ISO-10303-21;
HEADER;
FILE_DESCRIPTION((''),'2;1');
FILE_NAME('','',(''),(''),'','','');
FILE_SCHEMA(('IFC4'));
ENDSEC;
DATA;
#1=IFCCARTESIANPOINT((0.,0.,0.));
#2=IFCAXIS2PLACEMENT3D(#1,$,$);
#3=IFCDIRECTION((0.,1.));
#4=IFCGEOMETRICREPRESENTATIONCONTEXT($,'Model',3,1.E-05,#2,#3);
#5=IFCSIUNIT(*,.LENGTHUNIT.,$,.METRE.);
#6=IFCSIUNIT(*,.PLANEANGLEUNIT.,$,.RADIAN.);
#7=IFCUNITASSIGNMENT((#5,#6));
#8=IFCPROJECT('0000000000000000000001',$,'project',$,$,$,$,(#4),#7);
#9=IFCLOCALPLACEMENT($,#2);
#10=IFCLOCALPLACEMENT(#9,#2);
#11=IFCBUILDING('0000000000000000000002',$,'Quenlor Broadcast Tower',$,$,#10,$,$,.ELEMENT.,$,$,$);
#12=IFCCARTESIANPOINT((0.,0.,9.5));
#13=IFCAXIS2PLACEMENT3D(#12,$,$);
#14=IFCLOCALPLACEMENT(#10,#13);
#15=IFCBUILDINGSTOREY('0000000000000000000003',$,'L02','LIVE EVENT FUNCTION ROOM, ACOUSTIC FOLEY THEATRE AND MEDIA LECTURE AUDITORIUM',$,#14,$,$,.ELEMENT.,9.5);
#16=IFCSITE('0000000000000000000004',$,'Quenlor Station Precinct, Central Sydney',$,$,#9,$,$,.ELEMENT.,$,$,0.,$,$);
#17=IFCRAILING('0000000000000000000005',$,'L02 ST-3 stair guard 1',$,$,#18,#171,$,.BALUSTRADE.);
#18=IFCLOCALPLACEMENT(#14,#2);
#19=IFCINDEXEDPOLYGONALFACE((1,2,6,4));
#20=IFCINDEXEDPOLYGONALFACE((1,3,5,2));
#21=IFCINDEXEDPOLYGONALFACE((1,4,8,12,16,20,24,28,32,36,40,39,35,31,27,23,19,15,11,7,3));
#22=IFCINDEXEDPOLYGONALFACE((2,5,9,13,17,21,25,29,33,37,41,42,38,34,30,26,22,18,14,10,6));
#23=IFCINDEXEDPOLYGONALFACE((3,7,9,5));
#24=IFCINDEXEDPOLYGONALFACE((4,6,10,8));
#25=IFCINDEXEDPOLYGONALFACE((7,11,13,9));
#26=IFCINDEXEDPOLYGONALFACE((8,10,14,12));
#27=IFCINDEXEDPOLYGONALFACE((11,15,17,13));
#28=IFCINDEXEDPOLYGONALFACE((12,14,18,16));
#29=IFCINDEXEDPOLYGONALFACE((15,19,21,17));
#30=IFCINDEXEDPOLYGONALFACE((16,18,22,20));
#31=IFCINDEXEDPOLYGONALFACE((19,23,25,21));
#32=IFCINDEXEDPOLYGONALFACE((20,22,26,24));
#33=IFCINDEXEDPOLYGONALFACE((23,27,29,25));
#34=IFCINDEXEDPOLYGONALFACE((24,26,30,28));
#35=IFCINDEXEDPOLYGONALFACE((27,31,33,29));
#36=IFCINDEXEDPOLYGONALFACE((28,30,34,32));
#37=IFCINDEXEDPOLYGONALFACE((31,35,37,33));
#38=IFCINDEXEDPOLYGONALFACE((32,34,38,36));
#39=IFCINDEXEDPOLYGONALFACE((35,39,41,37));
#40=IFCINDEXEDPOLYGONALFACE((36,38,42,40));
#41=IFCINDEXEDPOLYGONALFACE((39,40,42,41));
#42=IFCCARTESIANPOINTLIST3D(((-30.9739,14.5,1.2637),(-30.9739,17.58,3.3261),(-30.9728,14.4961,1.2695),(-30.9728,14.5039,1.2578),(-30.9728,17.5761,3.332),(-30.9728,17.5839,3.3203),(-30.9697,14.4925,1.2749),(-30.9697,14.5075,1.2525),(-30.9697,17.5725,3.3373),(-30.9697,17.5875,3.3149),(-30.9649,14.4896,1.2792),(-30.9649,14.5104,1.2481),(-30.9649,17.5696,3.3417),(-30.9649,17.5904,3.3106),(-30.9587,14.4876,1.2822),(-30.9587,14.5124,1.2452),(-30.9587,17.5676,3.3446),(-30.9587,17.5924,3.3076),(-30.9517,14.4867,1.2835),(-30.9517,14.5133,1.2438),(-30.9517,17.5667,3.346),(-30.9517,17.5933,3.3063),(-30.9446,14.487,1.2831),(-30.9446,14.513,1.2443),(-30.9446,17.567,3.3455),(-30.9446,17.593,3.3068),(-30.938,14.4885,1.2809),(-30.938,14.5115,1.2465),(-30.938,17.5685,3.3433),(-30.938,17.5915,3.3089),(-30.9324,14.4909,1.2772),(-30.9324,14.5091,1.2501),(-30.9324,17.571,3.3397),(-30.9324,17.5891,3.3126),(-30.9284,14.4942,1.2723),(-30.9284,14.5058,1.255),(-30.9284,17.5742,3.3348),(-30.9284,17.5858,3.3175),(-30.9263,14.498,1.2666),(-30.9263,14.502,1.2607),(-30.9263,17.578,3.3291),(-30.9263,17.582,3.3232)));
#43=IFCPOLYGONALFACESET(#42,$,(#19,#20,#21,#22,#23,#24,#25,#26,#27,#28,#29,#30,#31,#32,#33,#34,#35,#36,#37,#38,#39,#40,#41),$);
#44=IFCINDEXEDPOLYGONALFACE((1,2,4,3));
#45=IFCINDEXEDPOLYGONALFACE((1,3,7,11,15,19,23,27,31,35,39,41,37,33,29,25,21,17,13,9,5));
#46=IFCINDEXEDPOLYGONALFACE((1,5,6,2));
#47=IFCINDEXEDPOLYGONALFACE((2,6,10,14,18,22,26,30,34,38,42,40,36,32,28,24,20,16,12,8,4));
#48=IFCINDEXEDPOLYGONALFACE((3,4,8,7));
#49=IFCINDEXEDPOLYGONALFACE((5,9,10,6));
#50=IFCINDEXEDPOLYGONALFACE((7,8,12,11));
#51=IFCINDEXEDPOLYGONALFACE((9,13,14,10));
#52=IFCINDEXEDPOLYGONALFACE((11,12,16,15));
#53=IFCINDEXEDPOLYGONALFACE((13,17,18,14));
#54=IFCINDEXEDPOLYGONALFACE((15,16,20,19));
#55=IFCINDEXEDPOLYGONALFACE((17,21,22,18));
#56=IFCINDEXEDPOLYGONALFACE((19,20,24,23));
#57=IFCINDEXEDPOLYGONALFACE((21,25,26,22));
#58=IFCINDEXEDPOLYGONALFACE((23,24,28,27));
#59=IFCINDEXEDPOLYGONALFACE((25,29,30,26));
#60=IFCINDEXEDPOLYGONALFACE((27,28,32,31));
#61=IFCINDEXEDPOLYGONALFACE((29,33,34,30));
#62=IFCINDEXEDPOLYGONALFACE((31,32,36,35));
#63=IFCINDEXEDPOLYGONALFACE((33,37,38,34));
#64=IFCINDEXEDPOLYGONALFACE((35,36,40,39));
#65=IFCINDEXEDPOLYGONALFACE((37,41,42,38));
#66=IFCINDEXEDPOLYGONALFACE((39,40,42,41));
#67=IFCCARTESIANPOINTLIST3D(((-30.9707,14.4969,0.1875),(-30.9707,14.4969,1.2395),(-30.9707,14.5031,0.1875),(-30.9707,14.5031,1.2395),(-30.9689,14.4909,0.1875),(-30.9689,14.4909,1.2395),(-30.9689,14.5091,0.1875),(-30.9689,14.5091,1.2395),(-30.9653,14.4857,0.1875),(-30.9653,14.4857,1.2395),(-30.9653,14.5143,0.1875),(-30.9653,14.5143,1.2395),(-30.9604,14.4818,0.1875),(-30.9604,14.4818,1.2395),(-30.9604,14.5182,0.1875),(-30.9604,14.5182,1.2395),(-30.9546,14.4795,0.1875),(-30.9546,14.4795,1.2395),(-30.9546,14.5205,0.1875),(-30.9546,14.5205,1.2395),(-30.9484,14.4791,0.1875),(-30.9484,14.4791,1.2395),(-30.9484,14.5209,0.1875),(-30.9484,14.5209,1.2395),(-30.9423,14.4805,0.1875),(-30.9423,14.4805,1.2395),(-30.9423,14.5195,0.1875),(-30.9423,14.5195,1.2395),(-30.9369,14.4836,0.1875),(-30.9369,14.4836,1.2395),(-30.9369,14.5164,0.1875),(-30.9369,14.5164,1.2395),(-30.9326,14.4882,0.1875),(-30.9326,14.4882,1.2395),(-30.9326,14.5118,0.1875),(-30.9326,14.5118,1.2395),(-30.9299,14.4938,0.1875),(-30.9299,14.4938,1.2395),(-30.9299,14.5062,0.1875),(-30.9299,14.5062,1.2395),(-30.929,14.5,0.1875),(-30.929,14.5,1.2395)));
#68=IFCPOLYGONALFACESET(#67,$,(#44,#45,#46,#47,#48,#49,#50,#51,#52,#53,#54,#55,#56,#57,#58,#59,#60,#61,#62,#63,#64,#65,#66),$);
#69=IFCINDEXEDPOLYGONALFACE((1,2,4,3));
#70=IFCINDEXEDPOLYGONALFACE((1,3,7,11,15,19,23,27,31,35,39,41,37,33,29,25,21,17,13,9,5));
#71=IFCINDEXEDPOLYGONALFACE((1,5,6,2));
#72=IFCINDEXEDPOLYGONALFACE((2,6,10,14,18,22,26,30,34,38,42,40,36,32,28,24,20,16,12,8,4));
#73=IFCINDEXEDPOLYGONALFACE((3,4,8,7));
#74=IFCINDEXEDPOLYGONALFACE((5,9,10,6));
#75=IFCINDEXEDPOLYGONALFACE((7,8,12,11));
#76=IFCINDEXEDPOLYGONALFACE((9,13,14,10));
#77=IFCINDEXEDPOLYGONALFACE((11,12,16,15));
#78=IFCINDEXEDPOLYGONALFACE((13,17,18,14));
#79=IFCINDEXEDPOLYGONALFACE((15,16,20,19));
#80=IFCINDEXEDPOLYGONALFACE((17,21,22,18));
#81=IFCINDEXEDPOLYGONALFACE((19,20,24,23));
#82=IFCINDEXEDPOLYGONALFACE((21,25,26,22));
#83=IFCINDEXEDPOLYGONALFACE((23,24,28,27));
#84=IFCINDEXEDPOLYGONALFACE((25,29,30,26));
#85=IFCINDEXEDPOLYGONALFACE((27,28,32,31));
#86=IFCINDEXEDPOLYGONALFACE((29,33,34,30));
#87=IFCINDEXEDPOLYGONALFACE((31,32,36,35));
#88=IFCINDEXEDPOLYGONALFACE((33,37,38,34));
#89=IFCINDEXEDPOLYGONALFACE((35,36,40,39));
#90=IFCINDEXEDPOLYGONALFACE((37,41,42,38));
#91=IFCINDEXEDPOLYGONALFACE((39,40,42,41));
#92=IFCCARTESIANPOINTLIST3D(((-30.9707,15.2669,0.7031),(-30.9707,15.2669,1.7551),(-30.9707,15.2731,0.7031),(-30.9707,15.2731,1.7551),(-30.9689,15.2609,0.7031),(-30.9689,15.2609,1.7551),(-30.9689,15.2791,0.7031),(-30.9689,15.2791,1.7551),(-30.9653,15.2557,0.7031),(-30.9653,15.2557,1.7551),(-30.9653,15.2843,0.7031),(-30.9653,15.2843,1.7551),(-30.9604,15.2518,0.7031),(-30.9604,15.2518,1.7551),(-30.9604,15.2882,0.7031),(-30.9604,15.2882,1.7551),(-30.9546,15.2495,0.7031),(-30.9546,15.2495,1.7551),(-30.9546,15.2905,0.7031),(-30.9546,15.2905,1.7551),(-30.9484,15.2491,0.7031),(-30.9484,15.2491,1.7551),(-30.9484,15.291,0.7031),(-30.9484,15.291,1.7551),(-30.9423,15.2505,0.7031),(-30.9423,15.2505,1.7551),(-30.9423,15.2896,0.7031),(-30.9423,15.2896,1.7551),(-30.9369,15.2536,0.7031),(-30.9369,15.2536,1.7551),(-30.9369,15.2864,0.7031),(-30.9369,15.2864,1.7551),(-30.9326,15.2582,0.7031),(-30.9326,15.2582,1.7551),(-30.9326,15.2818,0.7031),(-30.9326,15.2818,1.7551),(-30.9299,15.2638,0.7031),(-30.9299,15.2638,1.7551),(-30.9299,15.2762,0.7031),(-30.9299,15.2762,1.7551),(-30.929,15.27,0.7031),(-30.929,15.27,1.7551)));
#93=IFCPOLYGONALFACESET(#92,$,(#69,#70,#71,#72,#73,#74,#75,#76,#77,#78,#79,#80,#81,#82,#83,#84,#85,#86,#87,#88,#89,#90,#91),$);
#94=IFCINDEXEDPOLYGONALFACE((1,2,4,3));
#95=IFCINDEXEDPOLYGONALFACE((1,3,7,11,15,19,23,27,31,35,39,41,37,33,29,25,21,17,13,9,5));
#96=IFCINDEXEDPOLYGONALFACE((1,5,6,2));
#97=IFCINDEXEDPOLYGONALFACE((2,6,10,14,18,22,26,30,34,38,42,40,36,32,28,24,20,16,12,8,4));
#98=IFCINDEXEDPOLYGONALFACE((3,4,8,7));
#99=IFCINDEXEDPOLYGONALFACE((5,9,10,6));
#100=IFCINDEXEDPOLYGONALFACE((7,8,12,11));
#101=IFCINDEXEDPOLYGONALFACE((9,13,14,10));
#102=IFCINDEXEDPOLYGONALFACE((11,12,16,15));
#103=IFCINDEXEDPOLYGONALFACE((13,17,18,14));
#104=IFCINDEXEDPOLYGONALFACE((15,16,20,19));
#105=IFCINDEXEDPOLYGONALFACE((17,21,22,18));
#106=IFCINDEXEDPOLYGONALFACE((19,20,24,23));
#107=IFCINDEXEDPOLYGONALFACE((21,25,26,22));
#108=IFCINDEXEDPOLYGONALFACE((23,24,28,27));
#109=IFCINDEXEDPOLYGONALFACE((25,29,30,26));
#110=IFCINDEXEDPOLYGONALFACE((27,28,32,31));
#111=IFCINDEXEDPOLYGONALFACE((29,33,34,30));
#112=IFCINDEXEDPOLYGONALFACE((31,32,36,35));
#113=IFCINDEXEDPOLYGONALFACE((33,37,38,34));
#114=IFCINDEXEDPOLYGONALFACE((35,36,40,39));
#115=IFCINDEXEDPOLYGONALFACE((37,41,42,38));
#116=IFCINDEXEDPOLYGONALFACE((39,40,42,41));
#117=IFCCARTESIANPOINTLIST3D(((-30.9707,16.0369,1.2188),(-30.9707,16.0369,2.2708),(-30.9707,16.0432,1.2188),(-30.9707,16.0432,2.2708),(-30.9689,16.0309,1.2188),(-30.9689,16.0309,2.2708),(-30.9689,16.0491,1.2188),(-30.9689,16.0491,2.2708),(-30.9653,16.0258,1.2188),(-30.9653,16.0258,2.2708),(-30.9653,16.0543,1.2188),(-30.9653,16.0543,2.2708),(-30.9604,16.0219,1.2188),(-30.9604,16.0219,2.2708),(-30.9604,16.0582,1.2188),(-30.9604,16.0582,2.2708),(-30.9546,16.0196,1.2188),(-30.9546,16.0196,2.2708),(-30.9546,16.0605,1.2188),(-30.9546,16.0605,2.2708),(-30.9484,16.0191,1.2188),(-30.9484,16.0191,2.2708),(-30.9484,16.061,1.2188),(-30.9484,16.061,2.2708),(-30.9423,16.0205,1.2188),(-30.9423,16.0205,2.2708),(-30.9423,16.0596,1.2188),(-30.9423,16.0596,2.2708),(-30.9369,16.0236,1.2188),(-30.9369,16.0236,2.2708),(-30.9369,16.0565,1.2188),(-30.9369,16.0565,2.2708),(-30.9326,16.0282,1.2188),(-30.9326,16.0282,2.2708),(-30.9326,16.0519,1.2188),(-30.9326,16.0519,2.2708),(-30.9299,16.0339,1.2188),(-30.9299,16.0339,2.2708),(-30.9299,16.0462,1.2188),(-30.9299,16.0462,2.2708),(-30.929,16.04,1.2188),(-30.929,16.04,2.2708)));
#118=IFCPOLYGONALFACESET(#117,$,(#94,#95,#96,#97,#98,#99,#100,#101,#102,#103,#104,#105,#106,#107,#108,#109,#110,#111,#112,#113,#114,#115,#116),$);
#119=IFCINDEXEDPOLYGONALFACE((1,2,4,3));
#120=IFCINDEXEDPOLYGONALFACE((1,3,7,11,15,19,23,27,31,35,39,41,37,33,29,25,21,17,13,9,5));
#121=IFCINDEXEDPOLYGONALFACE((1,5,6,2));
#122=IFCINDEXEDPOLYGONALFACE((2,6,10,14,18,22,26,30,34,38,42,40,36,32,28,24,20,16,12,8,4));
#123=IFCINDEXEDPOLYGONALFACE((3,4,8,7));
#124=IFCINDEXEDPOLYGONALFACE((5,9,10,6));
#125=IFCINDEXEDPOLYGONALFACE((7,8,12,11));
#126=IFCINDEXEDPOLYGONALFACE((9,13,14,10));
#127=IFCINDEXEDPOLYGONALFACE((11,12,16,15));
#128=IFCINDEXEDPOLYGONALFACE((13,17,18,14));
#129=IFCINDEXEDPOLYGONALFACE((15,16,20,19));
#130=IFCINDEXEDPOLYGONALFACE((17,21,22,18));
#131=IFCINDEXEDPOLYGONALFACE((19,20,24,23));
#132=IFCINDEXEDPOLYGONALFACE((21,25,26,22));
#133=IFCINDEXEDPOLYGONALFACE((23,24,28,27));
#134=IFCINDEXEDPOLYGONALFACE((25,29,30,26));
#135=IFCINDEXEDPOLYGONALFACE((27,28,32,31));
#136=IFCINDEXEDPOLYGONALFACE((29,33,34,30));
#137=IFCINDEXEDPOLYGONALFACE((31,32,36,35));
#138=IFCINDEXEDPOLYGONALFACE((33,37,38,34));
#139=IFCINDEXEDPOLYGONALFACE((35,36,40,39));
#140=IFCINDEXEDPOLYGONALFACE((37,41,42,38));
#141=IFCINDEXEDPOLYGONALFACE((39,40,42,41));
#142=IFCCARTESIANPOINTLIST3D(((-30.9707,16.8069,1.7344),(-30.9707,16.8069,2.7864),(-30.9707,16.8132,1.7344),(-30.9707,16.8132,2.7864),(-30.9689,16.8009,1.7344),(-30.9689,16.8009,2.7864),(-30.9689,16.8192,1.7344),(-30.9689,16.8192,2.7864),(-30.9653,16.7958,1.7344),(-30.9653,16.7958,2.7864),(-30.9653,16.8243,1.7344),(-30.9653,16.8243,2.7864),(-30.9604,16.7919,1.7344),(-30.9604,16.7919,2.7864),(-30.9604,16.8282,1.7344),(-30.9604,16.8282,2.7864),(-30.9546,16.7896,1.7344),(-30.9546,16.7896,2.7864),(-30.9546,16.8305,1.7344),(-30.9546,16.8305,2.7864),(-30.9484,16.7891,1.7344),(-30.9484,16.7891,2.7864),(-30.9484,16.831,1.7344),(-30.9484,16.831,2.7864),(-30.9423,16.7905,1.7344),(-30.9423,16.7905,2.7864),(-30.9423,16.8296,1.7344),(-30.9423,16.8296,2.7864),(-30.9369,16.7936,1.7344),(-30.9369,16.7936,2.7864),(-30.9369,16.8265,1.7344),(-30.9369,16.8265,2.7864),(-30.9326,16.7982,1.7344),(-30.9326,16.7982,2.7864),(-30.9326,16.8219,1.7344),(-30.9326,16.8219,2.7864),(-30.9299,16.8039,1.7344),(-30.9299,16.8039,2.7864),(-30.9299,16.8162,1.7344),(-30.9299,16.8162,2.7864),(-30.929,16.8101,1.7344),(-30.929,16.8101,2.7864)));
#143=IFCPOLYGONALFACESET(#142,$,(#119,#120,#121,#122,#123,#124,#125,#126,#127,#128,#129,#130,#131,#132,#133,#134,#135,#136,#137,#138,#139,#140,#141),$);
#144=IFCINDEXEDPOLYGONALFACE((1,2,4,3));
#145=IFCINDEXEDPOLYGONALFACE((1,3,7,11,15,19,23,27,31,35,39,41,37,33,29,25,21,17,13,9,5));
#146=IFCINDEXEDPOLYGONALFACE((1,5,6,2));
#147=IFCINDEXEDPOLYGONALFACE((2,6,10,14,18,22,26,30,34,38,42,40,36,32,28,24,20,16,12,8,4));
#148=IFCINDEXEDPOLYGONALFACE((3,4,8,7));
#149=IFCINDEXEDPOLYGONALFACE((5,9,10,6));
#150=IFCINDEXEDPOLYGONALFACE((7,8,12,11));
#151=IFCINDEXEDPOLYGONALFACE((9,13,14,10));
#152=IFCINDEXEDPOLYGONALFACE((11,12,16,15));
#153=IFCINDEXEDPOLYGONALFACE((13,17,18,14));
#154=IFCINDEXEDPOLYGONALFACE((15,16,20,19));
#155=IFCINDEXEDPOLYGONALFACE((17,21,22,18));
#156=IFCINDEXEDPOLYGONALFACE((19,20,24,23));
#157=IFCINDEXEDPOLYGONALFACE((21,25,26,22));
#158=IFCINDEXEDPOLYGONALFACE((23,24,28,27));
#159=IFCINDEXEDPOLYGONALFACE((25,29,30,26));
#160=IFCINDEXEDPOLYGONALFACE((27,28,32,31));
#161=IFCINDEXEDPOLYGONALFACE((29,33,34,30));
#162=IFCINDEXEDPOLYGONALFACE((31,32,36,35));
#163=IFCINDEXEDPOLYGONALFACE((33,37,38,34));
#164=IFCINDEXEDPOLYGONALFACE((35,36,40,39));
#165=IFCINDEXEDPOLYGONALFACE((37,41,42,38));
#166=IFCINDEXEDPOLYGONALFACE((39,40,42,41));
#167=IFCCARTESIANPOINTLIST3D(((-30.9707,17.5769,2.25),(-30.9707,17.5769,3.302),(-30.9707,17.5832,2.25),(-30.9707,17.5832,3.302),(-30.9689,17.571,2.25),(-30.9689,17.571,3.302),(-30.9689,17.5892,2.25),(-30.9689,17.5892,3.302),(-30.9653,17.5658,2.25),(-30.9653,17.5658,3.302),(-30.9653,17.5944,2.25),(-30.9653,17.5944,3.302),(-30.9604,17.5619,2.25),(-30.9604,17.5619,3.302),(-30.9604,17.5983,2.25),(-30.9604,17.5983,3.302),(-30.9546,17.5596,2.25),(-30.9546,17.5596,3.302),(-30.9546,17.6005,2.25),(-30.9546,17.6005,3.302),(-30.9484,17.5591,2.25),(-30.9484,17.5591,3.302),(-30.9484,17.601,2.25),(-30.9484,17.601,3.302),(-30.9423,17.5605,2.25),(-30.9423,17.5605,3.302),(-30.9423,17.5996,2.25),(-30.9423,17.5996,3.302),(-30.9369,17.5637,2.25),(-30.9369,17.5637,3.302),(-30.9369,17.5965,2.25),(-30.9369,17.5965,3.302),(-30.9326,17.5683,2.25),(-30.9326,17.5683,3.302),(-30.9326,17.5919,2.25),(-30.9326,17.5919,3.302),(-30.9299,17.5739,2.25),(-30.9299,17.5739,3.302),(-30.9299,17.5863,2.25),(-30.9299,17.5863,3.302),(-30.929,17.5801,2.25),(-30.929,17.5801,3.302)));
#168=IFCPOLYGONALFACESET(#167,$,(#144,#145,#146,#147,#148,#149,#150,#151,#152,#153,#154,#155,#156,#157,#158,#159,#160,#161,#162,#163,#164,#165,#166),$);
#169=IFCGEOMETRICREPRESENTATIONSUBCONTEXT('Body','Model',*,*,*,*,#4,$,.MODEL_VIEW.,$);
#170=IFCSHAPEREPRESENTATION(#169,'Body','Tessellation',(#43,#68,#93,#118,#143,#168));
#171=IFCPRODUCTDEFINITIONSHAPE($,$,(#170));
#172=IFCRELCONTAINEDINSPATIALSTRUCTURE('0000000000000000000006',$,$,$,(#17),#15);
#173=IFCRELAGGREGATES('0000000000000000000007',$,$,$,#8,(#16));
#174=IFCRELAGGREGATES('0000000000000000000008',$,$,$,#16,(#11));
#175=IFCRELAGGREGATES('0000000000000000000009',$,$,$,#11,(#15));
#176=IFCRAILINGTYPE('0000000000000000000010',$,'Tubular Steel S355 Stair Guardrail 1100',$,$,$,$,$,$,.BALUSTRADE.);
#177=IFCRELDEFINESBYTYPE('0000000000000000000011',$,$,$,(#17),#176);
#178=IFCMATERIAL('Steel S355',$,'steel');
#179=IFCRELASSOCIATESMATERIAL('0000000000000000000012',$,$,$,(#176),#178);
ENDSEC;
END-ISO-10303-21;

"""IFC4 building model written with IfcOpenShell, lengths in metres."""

from ifc_helpers import new_model, si_unit, direction, frame, origin, origin_2d, place, context, subcontext, project, spatial, circle, extrude, material, type_object, element, save


model = new_model("IFC4")

# Units and contexts
model_context = context("Model", 3, precision=1e-05, world=origin(), true_north=direction((0.0, 1.0)))
body_context = subcontext(model_context, "Body", "Model", "MODEL_VIEW")
ifc_project = project(units=[si_unit("LENGTHUNIT", "METRE"), si_unit("PLANEANGLEUNIT", "RADIAN")], contexts=[model_context])

# Site, building, storey
site_placement = place(None, origin())
site = spatial("IfcSite", under=ifc_project, at=site_placement, Name="Quenlor Station Precinct, Central Sydney", CompositionType="ELEMENT", RefElevation=0.0)
building_placement = place(site_placement, origin())
building = spatial("IfcBuilding", under=site, at=building_placement, Name="Quenlor Broadcast Tower", CompositionType="ELEMENT")
storey_placement = place(building_placement, frame((0.0, 0.0, 9.5)))
storey = spatial("IfcBuildingStorey", under=building, at=storey_placement, Name="L02", Description="LIVE EVENT FUNCTION ROOM, ACOUSTIC FOLEY THEATRE AND MEDIA LECTURE AUDITORIUM", CompositionType="ELEMENT", Elevation=9.5)

# Railing
ifc_material_1 = material(Name="Steel S355", Category="steel")
railing_type_1 = type_object("IfcRailingType", Name="Tubular Steel S355 Stair Guardrail 1100", PredefinedType="BALUSTRADE", material=ifc_material_1)
railing_1_placement = place(storey_placement, frame((-30.95, 14.5, 0.1875)))
element("IfcRailing", 1, at=railing_1_placement, inside=storey, type_object=railing_type_1, Name="L02 ST-3 stair guard 1", PredefinedType="BALUSTRADE", context=body_context, shape_type="SweptSolid", body=[
    extrude(circle(Radius=0.0239, at=origin_2d()), frame((0.0, 0.0, 1.0762), z_axis=(0.0, 0.830914, 0.556401), x_axis=(-1.0, 0.0, 0.0)), (0.0, 0.0, 1.0), 3.7068),
    extrude(circle(Radius=0.021, at=origin_2d()), origin(), (0.0, 0.0, 1.0), 1.052),
    extrude(circle(Radius=0.021, at=origin_2d()), frame((0.0, 0.77, 0.5156)), (0.0, 0.0, 1.0), 1.052),
    extrude(circle(Radius=0.021, at=origin_2d()), frame((0.0, 1.54, 1.0312)), (0.0, 0.0, 1.0), 1.052),
    extrude(circle(Radius=0.021, at=origin_2d()), frame((0.0, 2.3101, 1.5469)), (0.0, 0.0, 1.0), 1.052),
    extrude(circle(Radius=0.021, at=origin_2d()), frame((0.0, 3.0801, 2.0625)), (0.0, 0.0, 1.0), 1.052),
])

save(model, "model.ifc")
